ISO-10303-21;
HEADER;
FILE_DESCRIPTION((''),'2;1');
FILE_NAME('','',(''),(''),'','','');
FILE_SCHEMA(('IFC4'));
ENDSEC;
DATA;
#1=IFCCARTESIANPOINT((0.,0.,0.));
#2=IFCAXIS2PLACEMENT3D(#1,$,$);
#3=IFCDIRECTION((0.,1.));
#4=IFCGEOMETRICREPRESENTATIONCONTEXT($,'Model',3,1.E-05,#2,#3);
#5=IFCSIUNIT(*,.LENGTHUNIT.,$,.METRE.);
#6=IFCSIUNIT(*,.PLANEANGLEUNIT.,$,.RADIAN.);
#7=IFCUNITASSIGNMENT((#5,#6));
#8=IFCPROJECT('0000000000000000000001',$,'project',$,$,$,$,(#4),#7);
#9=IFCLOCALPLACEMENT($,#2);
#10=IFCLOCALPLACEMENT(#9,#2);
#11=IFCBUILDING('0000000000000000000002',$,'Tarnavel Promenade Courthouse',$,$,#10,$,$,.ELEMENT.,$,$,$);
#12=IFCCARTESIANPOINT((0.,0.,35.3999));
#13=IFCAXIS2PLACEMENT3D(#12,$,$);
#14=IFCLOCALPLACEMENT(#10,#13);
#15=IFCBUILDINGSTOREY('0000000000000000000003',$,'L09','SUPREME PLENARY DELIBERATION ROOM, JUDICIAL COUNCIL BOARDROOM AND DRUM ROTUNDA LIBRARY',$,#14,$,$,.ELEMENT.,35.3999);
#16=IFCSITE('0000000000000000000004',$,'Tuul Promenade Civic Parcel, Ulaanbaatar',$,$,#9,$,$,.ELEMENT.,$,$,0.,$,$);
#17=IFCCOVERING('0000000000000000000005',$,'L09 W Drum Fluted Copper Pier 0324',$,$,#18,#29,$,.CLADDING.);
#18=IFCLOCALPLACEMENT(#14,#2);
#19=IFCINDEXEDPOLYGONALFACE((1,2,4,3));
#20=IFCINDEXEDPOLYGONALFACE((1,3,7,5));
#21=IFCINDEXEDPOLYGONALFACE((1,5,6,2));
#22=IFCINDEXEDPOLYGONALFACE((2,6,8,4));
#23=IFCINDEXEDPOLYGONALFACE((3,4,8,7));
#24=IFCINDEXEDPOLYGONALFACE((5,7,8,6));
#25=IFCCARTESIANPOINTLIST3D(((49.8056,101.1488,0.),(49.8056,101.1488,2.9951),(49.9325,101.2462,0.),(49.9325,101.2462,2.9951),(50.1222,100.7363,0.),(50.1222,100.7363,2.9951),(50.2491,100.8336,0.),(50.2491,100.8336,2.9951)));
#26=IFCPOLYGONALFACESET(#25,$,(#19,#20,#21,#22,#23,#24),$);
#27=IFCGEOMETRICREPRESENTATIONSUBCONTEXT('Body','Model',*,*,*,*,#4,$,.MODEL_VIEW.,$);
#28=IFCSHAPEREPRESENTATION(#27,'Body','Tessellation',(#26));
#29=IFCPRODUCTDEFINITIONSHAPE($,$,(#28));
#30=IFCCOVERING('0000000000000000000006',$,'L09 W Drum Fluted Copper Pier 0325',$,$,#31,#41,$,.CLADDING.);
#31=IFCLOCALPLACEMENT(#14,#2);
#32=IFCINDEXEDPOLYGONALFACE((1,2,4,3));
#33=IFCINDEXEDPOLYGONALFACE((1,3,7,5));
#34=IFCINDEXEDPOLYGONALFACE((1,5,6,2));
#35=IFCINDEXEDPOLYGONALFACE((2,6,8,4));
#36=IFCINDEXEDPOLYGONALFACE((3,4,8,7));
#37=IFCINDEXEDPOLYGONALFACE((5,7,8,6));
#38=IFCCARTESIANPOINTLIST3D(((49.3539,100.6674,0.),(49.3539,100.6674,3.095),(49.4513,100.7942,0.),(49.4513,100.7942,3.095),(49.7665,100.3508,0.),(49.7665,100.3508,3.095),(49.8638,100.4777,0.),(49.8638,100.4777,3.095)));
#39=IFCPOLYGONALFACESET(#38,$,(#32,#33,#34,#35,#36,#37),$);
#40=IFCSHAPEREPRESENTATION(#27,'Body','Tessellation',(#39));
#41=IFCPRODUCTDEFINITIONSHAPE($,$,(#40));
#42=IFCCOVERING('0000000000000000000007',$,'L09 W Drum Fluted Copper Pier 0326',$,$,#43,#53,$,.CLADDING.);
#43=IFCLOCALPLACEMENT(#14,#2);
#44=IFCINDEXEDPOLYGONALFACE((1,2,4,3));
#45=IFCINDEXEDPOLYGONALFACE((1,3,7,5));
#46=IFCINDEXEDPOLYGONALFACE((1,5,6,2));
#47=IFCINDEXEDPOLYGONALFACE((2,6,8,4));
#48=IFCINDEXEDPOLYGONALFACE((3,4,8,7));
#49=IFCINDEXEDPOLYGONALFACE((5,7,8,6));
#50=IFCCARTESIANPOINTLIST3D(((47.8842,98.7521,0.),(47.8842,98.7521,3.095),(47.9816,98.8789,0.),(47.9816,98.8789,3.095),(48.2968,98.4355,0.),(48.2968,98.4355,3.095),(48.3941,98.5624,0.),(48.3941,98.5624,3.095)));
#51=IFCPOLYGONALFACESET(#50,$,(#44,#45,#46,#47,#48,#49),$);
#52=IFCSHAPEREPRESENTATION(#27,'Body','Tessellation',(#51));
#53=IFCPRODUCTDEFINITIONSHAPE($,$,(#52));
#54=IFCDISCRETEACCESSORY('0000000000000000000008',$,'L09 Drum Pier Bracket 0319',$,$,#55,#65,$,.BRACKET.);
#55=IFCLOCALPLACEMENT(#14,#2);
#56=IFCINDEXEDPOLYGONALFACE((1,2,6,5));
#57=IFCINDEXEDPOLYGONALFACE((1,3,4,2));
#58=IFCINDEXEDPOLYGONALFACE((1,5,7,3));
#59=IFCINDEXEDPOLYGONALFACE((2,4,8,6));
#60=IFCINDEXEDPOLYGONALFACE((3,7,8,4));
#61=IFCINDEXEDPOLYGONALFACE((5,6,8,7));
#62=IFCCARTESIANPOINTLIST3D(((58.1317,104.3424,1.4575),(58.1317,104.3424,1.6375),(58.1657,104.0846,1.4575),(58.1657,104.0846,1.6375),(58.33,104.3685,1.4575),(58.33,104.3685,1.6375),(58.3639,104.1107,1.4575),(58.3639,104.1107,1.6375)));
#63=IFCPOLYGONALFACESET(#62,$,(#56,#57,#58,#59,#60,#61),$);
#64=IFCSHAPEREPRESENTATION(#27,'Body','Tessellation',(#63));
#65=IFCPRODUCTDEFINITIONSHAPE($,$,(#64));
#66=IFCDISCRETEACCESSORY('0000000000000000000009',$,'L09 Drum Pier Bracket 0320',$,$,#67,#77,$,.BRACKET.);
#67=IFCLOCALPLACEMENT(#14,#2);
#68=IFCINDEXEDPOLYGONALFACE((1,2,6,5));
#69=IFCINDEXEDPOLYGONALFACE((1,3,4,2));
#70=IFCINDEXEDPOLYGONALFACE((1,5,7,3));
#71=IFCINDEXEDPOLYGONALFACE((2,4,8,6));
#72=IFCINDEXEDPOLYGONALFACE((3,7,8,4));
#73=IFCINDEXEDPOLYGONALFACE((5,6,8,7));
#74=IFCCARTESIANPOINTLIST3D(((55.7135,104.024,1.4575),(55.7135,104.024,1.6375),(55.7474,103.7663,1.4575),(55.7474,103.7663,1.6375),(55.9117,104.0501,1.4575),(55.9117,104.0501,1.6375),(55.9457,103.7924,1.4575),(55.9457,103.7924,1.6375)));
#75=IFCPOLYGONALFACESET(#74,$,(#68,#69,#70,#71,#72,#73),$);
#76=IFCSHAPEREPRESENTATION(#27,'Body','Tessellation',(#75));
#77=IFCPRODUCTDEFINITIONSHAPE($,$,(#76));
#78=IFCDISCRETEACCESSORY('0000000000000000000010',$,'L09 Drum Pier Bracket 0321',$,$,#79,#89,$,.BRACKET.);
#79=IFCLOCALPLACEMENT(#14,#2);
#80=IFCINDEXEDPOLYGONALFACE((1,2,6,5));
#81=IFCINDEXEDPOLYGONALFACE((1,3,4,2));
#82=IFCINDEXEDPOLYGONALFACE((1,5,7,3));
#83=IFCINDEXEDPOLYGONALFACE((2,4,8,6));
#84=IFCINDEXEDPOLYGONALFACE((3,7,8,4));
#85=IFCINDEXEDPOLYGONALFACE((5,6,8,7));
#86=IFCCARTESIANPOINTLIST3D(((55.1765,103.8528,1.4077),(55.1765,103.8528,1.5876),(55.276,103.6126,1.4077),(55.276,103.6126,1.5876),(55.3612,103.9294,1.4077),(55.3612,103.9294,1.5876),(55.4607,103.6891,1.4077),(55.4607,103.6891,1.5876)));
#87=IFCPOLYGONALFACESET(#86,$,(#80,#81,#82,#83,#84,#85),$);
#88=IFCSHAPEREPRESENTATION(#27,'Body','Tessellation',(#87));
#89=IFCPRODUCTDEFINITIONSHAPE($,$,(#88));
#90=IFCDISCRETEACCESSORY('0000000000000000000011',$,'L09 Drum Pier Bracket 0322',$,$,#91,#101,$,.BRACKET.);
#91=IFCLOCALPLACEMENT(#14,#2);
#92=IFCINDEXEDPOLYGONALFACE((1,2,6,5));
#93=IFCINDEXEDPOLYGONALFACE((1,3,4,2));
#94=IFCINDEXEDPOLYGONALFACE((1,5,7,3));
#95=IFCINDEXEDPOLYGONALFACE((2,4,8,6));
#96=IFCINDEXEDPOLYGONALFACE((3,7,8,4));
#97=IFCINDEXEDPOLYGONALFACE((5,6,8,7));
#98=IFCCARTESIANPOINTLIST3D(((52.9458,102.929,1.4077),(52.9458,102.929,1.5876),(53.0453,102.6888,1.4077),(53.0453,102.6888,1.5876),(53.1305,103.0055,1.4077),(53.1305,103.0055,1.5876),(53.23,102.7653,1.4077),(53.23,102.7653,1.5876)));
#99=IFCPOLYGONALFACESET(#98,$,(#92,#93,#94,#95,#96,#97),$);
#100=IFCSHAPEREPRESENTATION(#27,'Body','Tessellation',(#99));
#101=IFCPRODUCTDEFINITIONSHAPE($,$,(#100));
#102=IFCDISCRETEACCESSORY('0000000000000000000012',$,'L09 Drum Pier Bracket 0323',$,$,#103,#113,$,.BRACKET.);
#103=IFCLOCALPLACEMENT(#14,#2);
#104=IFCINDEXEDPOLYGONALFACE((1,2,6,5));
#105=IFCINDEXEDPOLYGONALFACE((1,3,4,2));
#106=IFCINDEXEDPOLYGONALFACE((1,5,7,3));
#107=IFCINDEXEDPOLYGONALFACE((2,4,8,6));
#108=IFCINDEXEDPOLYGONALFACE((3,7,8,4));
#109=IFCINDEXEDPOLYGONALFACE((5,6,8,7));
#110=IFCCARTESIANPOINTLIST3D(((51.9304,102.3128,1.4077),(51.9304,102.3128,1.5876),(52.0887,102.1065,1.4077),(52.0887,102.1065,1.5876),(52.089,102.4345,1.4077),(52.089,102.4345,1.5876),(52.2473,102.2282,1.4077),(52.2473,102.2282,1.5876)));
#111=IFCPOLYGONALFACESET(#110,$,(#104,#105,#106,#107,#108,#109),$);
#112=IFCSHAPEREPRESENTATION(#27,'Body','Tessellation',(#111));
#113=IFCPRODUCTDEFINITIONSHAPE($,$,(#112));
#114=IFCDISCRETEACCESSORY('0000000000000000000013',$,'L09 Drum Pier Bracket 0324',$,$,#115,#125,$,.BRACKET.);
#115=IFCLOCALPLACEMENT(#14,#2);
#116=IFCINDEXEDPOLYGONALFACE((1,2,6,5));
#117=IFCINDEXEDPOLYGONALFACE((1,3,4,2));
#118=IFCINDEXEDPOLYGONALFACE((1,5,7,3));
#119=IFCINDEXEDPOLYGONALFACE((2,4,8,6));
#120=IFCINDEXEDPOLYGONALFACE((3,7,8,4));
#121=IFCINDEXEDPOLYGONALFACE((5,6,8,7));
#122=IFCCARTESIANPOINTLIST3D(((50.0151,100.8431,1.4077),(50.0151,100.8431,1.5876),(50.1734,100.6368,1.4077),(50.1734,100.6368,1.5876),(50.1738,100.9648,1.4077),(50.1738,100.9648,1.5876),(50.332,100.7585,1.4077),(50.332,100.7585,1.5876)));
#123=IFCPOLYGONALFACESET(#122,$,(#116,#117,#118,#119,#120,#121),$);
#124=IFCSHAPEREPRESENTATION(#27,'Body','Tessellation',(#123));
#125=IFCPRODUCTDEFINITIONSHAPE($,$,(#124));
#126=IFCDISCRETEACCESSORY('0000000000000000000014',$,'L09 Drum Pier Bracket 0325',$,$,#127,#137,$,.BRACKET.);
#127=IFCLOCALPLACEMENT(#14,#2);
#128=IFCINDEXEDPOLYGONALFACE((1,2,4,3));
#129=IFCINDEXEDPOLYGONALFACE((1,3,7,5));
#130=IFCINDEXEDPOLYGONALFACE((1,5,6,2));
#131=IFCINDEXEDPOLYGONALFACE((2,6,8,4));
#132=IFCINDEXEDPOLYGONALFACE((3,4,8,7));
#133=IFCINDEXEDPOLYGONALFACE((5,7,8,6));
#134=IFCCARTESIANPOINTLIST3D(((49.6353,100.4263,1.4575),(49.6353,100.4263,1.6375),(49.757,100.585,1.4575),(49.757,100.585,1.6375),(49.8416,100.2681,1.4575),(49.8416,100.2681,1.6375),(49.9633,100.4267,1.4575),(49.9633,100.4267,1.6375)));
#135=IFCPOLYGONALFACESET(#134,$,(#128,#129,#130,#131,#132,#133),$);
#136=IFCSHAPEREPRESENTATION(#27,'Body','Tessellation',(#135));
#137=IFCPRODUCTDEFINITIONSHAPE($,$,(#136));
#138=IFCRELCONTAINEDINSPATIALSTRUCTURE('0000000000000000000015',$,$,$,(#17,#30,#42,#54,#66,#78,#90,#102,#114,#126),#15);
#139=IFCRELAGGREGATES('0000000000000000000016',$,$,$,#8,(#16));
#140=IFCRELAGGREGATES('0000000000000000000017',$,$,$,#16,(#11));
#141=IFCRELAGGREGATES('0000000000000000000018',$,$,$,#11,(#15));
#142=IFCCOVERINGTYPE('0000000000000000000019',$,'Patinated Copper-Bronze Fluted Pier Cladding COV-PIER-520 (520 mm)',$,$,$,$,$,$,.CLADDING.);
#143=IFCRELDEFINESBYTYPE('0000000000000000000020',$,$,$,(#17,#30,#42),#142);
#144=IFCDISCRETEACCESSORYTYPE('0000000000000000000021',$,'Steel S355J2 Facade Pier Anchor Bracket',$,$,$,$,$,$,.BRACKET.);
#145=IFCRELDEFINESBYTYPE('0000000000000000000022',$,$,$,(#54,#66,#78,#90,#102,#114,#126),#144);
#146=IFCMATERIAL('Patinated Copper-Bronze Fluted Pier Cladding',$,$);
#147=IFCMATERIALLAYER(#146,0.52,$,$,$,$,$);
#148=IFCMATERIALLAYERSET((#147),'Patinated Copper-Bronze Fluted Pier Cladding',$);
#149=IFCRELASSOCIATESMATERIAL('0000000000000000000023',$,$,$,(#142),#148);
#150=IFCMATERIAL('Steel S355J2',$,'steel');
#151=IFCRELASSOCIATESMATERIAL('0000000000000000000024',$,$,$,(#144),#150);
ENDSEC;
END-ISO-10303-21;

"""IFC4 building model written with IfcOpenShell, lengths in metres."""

from ifc_helpers import new_model, si_unit, direction, frame, origin, origin_2d, place, context, subcontext, project, spatial, rectangle, extrude, material, layer, layer_set, type_object, element, save


model = new_model("IFC4")

# Units and contexts
model_context = context("Model", 3, precision=1e-05, world=origin(), true_north=direction((0.0, 1.0)))
body_context = subcontext(model_context, "Body", "Model", "MODEL_VIEW")
ifc_project = project(units=[si_unit("LENGTHUNIT", "METRE"), si_unit("PLANEANGLEUNIT", "RADIAN")], contexts=[model_context])

# Site, building, storey
site_placement = place(None, origin())
site = spatial("IfcSite", under=ifc_project, at=site_placement, Name="Tuul Promenade Civic Parcel, Ulaanbaatar", CompositionType="ELEMENT", RefElevation=0.0)
building_placement = place(site_placement, origin())
building = spatial("IfcBuilding", under=site, at=building_placement, Name="Tarnavel Promenade Courthouse", CompositionType="ELEMENT")
storey_placement = place(building_placement, frame((0.0, 0.0, 35.3999)))
storey = spatial("IfcBuildingStorey", under=building, at=storey_placement, Name="L09", Description="SUPREME PLENARY DELIBERATION ROOM, JUDICIAL COUNCIL BOARDROOM AND DRUM ROTUNDA LIBRARY", CompositionType="ELEMENT", Elevation=35.3999)

# Shared definitions
ifc_material_1 = material(Name="Steel S355J2", Category="steel")

# Coverings
ifc_material_2 = material(Name="Patinated Copper-Bronze Fluted Pier Cladding")
ifc_layer_1 = layer(ifc_material_2, 0.52)
ifc_layer_set_1 = layer_set([ifc_layer_1], Name="Patinated Copper-Bronze Fluted Pier Cladding")
covering_type = type_object("IfcCoveringType", Name="Patinated Copper-Bronze Fluted Pier Cladding COV-PIER-520 (520 mm)", PredefinedType="CLADDING", material=ifc_layer_set_1)
for number, where, z_axis, x_axis, name in (
    (1, (50.0273, 100.9912, 0.0), (0.0, 0.0, 1.0), (-0.793353, -0.608761, 0.0), "L09 W Drum Fluted Copper Pier 0324"),
):
    element("IfcCovering", number, at=place(storey_placement, frame(where, z_axis=z_axis, x_axis=x_axis)), inside=storey, type_object=covering_type, Name=name, PredefinedType="CLADDING", context=body_context, shape_type="SweptSolid", body=[
        extrude(rectangle(XDim=0.1599, YDim=0.52, at=origin_2d()), origin(), (0.0, 0.0, 1.0), 2.9951),
    ])
for number, where, z_axis, x_axis, name in (
    (2, (49.6089, 100.5725, 0.0), (0.0, 0.0, 1.0), (-0.608761, -0.793353, 0.0), "L09 W Drum Fluted Copper Pier 0325"),
    (3, (48.1392, 98.6572, 0.0), (0.0, 0.0, 1.0), (-0.608761, -0.793353, 0.0), "L09 W Drum Fluted Copper Pier 0326"),
):
    element("IfcCovering", number, at=place(storey_placement, frame(where, z_axis=z_axis, x_axis=x_axis)), inside=storey, type_object=covering_type, Name=name, PredefinedType="CLADDING", context=body_context, shape_type="SweptSolid", body=[
        extrude(rectangle(XDim=0.1599, YDim=0.52, at=origin_2d()), origin(), (0.0, 0.0, 1.0), 3.095),
    ])

# Discrete accessories
discrete_accessory_type = type_object("IfcDiscreteAccessoryType", Name="Steel S355J2 Facade Pier Anchor Bracket", PredefinedType="BRACKET", material=ifc_material_1)
for number, where, z_axis, x_axis, name in (
    (4, (58.2478, 104.2266, 1.4575), (0.0, 0.0, 1.0), (-0.991445, -0.130526, 0.0), "L09 Drum Pier Bracket 0319"),
    (5, (55.8296, 103.9082, 1.4575), (0.0, 0.0, 1.0), (-0.991445, -0.130526, 0.0), "L09 Drum Pier Bracket 0320"),
    (6, (55.3186, 103.771, 1.4077), (0.0, 0.0, 1.0), (-0.92388, -0.382683, 0.0), "L09 Drum Pier Bracket 0321"),
    (7, (53.0879, 102.8472, 1.4077), (0.0, 0.0, 1.0), (-0.92388, -0.382683, 0.0), "L09 Drum Pier Bracket 0322"),
    (8, (52.0889, 102.2705, 1.4077), (0.0, 0.0, 1.0), (-0.793353, -0.608761, 0.0), "L09 Drum Pier Bracket 0323"),
    (9, (50.1736, 100.8008, 1.4077), (0.0, 0.0, 1.0), (-0.793353, -0.608761, 0.0), "L09 Drum Pier Bracket 0324"),
    (10, (49.7993, 100.4265, 1.4575), (0.0, 0.0, 1.0), (-0.608761, -0.793353, 0.0), "L09 Drum Pier Bracket 0325"),
):
    element("IfcDiscreteAccessory", number, at=place(storey_placement, frame(where, z_axis=z_axis, x_axis=x_axis)), inside=storey, type_object=discrete_accessory_type, Name=name, PredefinedType="BRACKET", context=body_context, shape_type="SweptSolid", body=[
        extrude(rectangle(XDim=0.2, YDim=0.26, at=origin_2d()), origin(), (0.0, 0.0, 1.0), 0.1799),
    ])

save(model, "model.ifc")
